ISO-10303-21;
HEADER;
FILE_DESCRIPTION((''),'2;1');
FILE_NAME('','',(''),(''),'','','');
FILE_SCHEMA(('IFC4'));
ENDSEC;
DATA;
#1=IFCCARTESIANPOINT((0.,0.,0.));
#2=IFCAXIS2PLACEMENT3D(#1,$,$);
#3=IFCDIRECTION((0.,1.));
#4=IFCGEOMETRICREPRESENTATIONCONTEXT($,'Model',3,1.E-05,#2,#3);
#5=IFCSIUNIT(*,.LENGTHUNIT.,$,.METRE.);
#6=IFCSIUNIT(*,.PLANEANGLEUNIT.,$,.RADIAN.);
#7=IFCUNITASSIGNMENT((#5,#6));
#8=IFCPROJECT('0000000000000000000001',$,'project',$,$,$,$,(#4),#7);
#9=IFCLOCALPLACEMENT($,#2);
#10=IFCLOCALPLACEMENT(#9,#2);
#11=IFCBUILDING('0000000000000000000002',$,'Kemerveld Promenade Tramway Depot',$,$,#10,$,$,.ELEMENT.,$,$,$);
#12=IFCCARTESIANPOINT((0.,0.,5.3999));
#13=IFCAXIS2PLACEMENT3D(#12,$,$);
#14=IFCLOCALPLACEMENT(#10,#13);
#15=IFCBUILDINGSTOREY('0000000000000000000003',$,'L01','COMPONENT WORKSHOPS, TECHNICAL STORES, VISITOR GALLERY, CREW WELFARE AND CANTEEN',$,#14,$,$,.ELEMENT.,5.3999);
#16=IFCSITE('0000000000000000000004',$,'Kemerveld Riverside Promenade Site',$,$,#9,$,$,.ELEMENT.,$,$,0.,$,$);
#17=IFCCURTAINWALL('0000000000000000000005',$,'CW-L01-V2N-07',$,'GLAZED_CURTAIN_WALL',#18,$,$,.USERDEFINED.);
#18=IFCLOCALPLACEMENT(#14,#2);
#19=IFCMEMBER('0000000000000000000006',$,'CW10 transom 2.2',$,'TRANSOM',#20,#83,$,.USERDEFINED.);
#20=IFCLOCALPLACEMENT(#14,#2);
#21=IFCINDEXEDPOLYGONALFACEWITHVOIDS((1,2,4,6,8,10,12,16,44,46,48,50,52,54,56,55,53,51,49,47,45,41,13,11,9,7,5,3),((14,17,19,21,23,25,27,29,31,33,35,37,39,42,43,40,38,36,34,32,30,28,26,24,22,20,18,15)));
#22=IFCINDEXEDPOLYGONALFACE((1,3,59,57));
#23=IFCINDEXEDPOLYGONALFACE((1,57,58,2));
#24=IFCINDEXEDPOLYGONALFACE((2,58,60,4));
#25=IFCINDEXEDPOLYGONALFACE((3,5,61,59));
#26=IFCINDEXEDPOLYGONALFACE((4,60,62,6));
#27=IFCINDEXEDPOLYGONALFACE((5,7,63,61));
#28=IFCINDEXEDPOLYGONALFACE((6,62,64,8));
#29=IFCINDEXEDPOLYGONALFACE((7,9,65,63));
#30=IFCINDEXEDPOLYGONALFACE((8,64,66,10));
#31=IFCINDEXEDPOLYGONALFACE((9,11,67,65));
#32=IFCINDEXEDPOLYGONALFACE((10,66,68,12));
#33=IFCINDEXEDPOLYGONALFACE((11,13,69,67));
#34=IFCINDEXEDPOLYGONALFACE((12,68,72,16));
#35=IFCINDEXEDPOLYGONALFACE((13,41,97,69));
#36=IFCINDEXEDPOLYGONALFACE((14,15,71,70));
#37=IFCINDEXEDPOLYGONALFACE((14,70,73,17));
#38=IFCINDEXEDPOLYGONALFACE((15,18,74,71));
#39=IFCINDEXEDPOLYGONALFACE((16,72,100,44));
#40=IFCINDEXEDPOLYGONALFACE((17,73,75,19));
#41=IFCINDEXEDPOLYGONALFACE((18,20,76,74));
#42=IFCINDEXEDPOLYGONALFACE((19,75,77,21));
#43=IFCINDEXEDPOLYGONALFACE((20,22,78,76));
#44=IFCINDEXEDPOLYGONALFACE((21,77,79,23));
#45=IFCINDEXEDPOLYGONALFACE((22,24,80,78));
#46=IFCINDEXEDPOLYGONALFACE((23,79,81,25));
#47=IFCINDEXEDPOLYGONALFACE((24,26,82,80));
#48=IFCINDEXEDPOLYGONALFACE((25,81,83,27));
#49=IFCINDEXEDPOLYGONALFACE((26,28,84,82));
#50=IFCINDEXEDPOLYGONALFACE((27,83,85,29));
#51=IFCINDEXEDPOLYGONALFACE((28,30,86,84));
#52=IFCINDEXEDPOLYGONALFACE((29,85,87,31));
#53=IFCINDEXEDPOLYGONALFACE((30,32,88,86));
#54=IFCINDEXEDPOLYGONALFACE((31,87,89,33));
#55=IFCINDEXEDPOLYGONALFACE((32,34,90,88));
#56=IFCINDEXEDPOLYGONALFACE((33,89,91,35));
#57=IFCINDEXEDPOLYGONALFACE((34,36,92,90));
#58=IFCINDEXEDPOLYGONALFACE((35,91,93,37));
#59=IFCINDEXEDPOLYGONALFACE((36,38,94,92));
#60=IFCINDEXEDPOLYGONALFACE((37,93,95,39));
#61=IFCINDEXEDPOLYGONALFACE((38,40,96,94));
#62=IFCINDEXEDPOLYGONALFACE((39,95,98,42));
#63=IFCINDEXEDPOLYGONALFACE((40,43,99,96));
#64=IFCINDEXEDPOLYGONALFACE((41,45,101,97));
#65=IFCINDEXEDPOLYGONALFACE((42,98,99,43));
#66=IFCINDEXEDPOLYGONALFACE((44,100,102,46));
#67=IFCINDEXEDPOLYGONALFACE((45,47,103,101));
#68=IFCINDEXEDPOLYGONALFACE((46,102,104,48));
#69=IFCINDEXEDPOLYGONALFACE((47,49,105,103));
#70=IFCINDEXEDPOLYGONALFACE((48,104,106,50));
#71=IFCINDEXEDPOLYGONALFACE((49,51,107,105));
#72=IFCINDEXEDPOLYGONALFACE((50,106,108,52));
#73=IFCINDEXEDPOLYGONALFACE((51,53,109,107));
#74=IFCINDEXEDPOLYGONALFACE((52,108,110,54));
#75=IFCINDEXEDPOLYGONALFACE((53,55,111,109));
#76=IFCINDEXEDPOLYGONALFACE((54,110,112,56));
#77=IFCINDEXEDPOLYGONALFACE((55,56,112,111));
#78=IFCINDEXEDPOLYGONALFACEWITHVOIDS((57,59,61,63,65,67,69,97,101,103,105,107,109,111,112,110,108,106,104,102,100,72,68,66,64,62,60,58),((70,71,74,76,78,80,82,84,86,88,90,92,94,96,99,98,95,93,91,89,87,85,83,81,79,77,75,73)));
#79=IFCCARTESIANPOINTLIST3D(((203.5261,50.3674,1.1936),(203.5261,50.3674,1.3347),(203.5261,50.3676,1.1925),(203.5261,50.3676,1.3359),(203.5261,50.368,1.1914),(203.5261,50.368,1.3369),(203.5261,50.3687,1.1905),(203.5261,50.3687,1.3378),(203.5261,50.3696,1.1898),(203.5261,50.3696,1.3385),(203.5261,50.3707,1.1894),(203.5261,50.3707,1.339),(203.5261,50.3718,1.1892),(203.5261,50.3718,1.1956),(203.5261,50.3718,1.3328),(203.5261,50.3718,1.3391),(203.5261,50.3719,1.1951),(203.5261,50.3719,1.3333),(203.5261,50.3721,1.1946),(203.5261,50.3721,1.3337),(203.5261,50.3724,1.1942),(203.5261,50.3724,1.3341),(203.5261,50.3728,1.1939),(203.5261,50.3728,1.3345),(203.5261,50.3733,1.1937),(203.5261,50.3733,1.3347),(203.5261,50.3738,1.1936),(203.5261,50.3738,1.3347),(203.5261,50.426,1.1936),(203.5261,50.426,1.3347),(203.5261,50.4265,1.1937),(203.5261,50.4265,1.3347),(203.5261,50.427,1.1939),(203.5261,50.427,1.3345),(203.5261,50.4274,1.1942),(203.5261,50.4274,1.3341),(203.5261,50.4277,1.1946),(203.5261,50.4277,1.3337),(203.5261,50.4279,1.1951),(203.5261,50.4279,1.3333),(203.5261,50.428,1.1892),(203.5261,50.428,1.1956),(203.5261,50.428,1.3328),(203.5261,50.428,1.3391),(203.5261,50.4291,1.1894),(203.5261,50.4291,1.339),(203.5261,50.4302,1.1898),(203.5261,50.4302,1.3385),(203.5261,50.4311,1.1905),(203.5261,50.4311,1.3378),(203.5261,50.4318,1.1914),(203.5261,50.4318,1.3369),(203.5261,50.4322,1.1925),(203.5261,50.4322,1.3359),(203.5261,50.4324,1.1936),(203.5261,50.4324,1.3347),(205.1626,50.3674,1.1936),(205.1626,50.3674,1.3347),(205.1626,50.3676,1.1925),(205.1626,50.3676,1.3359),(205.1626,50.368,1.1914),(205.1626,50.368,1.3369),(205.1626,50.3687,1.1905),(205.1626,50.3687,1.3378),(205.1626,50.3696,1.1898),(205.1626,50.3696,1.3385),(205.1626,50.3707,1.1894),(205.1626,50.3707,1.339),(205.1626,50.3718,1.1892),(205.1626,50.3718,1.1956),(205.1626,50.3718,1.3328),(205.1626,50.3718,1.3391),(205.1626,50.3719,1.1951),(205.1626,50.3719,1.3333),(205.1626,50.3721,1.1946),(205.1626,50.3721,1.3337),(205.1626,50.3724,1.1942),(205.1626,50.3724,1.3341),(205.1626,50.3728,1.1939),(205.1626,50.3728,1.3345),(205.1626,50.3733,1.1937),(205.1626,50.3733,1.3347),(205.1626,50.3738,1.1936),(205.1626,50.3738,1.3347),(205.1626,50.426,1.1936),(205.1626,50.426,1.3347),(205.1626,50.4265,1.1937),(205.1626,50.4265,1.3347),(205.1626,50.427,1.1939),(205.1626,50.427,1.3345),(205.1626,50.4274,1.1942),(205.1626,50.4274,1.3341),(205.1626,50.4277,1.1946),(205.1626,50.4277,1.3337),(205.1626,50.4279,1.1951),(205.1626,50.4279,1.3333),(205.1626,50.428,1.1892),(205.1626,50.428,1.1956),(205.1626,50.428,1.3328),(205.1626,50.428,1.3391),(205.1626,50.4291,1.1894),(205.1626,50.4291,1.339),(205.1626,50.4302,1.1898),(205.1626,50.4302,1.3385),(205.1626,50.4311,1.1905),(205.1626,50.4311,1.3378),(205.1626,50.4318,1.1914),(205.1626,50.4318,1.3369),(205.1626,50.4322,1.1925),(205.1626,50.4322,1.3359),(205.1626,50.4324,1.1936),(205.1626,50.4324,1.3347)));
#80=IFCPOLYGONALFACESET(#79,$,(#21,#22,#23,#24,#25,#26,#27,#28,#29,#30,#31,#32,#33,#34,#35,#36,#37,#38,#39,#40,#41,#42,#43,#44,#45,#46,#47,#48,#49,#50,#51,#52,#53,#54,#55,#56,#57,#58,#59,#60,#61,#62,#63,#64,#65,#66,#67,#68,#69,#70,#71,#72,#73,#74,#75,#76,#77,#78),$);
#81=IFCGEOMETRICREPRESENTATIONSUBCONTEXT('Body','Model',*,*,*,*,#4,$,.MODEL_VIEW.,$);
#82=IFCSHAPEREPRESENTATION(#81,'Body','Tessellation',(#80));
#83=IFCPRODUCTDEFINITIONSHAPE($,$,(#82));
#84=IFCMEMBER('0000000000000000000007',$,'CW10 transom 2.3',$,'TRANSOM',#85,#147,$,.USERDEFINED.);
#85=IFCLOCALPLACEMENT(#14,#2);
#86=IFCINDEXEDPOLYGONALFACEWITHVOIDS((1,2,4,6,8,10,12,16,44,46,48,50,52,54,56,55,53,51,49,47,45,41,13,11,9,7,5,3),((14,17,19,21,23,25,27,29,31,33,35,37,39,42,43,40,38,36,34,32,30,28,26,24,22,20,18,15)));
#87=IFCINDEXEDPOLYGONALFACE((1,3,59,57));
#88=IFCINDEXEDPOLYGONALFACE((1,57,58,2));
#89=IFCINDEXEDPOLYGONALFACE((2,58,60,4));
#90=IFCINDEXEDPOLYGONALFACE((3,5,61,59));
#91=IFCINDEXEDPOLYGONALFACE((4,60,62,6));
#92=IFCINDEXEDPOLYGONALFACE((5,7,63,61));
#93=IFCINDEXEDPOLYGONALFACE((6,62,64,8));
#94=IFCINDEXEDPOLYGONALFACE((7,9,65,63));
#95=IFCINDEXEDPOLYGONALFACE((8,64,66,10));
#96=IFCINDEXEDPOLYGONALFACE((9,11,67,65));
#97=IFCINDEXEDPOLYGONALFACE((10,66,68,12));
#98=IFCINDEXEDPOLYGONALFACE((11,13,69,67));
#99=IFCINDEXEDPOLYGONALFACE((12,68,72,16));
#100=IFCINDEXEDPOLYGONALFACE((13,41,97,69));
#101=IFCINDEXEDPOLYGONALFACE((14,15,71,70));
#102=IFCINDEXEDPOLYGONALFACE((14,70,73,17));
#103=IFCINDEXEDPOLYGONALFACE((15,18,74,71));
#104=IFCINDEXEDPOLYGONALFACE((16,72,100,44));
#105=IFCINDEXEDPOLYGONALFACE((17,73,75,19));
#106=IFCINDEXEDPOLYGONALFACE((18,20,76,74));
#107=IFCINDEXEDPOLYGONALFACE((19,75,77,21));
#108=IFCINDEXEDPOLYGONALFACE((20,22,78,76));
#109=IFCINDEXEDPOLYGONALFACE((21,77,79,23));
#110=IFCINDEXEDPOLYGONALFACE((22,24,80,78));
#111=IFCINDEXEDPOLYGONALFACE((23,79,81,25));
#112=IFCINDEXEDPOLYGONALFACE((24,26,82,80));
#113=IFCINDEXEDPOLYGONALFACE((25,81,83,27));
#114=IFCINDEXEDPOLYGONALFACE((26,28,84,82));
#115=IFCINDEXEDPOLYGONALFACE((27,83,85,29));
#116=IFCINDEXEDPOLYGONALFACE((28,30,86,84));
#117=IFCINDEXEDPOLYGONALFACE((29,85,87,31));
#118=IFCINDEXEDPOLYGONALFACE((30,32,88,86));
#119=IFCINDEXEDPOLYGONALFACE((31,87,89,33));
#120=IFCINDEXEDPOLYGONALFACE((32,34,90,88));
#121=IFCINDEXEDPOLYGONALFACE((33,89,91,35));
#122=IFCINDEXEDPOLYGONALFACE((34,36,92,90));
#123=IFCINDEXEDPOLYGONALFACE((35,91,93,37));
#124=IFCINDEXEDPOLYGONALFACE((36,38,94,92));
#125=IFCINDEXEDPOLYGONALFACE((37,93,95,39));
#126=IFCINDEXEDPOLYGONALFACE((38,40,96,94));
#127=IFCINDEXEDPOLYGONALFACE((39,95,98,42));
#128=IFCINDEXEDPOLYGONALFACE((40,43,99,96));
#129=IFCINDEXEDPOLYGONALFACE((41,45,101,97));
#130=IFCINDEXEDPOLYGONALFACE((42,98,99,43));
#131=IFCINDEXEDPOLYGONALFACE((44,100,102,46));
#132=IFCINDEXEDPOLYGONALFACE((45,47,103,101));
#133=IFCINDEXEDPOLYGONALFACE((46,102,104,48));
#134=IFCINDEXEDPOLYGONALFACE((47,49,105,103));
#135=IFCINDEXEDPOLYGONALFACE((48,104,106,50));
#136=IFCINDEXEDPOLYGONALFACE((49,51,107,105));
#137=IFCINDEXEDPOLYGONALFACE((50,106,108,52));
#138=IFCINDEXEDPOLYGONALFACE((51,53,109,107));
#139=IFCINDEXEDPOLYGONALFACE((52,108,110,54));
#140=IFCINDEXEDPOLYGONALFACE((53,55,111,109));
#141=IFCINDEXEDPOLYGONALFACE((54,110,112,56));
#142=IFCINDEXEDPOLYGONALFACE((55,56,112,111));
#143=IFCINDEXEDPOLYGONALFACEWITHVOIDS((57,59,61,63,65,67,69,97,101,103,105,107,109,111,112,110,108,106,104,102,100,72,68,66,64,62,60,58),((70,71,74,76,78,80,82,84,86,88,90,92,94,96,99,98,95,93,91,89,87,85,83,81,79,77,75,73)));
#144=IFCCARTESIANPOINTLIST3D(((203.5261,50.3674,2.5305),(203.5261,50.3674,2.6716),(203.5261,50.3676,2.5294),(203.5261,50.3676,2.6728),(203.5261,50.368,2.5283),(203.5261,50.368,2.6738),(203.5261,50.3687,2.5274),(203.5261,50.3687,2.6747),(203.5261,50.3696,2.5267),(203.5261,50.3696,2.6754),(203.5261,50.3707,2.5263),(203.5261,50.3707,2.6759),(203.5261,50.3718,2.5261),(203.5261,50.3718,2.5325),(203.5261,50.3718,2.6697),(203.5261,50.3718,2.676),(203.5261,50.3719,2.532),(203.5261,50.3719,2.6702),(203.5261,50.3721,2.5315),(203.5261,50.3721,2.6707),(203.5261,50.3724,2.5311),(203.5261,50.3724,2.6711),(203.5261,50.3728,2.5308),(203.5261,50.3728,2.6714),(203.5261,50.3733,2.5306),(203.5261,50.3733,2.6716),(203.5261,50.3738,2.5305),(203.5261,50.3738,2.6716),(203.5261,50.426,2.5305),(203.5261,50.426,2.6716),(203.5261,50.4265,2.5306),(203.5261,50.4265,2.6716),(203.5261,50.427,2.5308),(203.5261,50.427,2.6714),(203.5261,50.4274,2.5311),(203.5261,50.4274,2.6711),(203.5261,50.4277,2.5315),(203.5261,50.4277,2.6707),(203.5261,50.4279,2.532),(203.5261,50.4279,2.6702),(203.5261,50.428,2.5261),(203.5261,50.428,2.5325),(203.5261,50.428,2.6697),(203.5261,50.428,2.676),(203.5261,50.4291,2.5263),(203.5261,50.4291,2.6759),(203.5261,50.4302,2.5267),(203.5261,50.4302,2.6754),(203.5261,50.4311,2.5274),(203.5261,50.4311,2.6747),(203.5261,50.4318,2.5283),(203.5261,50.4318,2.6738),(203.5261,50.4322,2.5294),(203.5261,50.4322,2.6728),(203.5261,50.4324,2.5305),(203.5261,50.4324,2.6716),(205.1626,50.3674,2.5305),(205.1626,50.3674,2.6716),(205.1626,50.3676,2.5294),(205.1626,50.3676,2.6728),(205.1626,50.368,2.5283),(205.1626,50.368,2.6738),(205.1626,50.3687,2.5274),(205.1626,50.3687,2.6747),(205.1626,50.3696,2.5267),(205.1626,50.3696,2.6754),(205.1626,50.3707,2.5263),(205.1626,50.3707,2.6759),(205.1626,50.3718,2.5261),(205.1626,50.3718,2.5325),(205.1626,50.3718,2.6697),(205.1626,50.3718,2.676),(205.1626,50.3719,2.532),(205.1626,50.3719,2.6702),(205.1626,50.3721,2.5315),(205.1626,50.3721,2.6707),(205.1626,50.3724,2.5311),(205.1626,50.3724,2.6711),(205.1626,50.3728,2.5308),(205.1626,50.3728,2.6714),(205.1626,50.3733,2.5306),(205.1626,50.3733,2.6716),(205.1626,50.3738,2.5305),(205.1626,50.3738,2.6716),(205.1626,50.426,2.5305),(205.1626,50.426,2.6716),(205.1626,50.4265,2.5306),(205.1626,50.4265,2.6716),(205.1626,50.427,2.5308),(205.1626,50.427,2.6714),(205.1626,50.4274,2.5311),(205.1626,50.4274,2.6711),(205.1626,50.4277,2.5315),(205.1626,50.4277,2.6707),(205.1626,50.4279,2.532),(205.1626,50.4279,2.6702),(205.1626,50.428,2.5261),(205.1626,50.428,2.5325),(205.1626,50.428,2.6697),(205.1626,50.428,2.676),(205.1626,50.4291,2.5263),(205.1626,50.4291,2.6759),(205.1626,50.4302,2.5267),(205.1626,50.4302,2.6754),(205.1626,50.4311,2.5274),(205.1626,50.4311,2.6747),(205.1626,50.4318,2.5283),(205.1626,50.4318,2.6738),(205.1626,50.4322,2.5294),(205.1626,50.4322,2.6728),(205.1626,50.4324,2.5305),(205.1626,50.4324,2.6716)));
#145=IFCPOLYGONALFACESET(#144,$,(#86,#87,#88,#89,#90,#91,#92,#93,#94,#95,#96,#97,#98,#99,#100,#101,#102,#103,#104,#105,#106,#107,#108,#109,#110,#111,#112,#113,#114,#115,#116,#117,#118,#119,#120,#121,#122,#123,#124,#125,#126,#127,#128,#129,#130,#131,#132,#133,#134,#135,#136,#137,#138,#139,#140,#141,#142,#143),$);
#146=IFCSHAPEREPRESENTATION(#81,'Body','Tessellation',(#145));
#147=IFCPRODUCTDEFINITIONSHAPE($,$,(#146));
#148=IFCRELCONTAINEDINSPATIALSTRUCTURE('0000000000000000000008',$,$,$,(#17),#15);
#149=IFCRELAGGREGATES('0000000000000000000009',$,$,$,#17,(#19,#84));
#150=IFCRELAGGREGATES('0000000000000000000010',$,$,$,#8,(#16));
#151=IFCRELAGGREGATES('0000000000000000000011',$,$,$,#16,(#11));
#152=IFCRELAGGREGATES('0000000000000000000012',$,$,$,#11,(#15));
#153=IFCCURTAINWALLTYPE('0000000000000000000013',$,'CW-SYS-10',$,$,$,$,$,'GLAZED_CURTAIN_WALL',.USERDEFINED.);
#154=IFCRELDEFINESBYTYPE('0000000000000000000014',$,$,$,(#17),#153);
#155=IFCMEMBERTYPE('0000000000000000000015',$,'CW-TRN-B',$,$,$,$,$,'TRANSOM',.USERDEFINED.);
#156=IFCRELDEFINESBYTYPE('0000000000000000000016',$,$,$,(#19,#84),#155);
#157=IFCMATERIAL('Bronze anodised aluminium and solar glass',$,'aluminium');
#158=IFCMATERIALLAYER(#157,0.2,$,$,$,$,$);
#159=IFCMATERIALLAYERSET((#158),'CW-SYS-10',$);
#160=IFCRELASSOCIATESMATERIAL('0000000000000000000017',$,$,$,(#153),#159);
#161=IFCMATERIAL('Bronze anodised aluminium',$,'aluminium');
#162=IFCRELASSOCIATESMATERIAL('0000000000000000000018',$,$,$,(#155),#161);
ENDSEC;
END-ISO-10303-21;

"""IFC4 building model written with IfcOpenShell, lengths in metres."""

from ifc_helpers import new_model, si_unit, direction, frame, origin, origin_2d, place, context, subcontext, project, spatial, hollow_rectangle, extrude, material, layer, layer_set, material_profile, profile_set, type_object, element, aggregate, save


model = new_model("IFC4")

# Units and contexts
model_context = context("Model", 3, precision=1e-05, world=origin(), true_north=direction((0.0, 1.0)))
body_context = subcontext(model_context, "Body", "Model", "MODEL_VIEW")
ifc_project = project(units=[si_unit("LENGTHUNIT", "METRE"), si_unit("PLANEANGLEUNIT", "RADIAN")], contexts=[model_context])

# Site, building, storey
site_placement = place(None, origin())
site = spatial("IfcSite", under=ifc_project, at=site_placement, Name="Kemerveld Riverside Promenade Site", CompositionType="ELEMENT", RefElevation=0.0)
building_placement = place(site_placement, origin())
building = spatial("IfcBuilding", under=site, at=building_placement, Name="Kemerveld Promenade Tramway Depot", CompositionType="ELEMENT")
storey_placement = place(building_placement, frame((0.0, 0.0, 5.3999)))
storey = spatial("IfcBuildingStorey", under=building, at=storey_placement, Name="L01", Description="COMPONENT WORKSHOPS, TECHNICAL STORES, VISITOR GALLERY, CREW WELFARE AND CANTEEN", CompositionType="ELEMENT", Elevation=5.3999)

# Curtain wall, members
ifc_material_1 = material(Name="Bronze anodised aluminium and solar glass", Category="aluminium")
ifc_layer_1 = layer(ifc_material_1, 0.2)
ifc_layer_set_1 = layer_set([ifc_layer_1], Name="CW-SYS-10")
curtain_wall_type = type_object("IfcCurtainWallType", Name="CW-SYS-10", ElementType="GLAZED_CURTAIN_WALL", PredefinedType="USERDEFINED", material=ifc_layer_set_1)
curtain_wall_placement = place(storey_placement, origin())
curtain_wall = element("IfcCurtainWall", 1, at=curtain_wall_placement, inside=storey, type_object=curtain_wall_type, Name="CW-L01-V2N-07", ObjectType="GLAZED_CURTAIN_WALL", PredefinedType="USERDEFINED")
ifc_material_2 = material(Name="Bronze anodised aluminium", Category="aluminium")
ifc_material_profile_1 = material_profile(ifc_material_2, hollow_rectangle(XDim=0.0649, YDim=0.1499, WallThickness=0.0044, InnerFilletRadius=0.002, OuterFilletRadius=0.0044, at=origin_2d()), Name="CW-TRN-150x65")
ifc_profile_set_1 = profile_set([ifc_material_profile_1], Name="Bronze anodised aluminium")
member_type_1 = type_object("IfcMemberType", Name="CW-TRN-B", ElementType="TRANSOM", PredefinedType="USERDEFINED", material=ifc_profile_set_1)
member_1_placement = place(storey_placement, frame((203.5261, 50.3999, 1.2642), z_axis=(1.0, 0.0, 0.0), x_axis=(0.0, 1.0, 0.0)))
member_1 = element("IfcMember", 2, at=member_1_placement, type_object=member_type_1, Name="CW10 transom 2.2", ObjectType="TRANSOM", PredefinedType="USERDEFINED", context=body_context, shape_type="SweptSolid", body=[
    extrude(hollow_rectangle(XDim=0.0649, YDim=0.1499, WallThickness=0.0044, InnerFilletRadius=0.002, OuterFilletRadius=0.0044, at=origin_2d()), origin(), (0.0, 0.0, 1.0), 1.6365),
])
member_2_placement = place(storey_placement, frame((203.5261, 50.3999, 2.6011), z_axis=(1.0, 0.0, 0.0), x_axis=(0.0, 1.0, 0.0)))
member_2 = element("IfcMember", 3, at=member_2_placement, type_object=member_type_1, Name="CW10 transom 2.3", ObjectType="TRANSOM", PredefinedType="USERDEFINED", context=body_context, shape_type="SweptSolid", body=[
    extrude(hollow_rectangle(XDim=0.0649, YDim=0.1499, WallThickness=0.0044, InnerFilletRadius=0.002, OuterFilletRadius=0.0044, at=origin_2d()), origin(), (0.0, 0.0, 1.0), 1.6365),
])
aggregate(curtain_wall, [member_1, member_2])

save(model, "model.ifc")
